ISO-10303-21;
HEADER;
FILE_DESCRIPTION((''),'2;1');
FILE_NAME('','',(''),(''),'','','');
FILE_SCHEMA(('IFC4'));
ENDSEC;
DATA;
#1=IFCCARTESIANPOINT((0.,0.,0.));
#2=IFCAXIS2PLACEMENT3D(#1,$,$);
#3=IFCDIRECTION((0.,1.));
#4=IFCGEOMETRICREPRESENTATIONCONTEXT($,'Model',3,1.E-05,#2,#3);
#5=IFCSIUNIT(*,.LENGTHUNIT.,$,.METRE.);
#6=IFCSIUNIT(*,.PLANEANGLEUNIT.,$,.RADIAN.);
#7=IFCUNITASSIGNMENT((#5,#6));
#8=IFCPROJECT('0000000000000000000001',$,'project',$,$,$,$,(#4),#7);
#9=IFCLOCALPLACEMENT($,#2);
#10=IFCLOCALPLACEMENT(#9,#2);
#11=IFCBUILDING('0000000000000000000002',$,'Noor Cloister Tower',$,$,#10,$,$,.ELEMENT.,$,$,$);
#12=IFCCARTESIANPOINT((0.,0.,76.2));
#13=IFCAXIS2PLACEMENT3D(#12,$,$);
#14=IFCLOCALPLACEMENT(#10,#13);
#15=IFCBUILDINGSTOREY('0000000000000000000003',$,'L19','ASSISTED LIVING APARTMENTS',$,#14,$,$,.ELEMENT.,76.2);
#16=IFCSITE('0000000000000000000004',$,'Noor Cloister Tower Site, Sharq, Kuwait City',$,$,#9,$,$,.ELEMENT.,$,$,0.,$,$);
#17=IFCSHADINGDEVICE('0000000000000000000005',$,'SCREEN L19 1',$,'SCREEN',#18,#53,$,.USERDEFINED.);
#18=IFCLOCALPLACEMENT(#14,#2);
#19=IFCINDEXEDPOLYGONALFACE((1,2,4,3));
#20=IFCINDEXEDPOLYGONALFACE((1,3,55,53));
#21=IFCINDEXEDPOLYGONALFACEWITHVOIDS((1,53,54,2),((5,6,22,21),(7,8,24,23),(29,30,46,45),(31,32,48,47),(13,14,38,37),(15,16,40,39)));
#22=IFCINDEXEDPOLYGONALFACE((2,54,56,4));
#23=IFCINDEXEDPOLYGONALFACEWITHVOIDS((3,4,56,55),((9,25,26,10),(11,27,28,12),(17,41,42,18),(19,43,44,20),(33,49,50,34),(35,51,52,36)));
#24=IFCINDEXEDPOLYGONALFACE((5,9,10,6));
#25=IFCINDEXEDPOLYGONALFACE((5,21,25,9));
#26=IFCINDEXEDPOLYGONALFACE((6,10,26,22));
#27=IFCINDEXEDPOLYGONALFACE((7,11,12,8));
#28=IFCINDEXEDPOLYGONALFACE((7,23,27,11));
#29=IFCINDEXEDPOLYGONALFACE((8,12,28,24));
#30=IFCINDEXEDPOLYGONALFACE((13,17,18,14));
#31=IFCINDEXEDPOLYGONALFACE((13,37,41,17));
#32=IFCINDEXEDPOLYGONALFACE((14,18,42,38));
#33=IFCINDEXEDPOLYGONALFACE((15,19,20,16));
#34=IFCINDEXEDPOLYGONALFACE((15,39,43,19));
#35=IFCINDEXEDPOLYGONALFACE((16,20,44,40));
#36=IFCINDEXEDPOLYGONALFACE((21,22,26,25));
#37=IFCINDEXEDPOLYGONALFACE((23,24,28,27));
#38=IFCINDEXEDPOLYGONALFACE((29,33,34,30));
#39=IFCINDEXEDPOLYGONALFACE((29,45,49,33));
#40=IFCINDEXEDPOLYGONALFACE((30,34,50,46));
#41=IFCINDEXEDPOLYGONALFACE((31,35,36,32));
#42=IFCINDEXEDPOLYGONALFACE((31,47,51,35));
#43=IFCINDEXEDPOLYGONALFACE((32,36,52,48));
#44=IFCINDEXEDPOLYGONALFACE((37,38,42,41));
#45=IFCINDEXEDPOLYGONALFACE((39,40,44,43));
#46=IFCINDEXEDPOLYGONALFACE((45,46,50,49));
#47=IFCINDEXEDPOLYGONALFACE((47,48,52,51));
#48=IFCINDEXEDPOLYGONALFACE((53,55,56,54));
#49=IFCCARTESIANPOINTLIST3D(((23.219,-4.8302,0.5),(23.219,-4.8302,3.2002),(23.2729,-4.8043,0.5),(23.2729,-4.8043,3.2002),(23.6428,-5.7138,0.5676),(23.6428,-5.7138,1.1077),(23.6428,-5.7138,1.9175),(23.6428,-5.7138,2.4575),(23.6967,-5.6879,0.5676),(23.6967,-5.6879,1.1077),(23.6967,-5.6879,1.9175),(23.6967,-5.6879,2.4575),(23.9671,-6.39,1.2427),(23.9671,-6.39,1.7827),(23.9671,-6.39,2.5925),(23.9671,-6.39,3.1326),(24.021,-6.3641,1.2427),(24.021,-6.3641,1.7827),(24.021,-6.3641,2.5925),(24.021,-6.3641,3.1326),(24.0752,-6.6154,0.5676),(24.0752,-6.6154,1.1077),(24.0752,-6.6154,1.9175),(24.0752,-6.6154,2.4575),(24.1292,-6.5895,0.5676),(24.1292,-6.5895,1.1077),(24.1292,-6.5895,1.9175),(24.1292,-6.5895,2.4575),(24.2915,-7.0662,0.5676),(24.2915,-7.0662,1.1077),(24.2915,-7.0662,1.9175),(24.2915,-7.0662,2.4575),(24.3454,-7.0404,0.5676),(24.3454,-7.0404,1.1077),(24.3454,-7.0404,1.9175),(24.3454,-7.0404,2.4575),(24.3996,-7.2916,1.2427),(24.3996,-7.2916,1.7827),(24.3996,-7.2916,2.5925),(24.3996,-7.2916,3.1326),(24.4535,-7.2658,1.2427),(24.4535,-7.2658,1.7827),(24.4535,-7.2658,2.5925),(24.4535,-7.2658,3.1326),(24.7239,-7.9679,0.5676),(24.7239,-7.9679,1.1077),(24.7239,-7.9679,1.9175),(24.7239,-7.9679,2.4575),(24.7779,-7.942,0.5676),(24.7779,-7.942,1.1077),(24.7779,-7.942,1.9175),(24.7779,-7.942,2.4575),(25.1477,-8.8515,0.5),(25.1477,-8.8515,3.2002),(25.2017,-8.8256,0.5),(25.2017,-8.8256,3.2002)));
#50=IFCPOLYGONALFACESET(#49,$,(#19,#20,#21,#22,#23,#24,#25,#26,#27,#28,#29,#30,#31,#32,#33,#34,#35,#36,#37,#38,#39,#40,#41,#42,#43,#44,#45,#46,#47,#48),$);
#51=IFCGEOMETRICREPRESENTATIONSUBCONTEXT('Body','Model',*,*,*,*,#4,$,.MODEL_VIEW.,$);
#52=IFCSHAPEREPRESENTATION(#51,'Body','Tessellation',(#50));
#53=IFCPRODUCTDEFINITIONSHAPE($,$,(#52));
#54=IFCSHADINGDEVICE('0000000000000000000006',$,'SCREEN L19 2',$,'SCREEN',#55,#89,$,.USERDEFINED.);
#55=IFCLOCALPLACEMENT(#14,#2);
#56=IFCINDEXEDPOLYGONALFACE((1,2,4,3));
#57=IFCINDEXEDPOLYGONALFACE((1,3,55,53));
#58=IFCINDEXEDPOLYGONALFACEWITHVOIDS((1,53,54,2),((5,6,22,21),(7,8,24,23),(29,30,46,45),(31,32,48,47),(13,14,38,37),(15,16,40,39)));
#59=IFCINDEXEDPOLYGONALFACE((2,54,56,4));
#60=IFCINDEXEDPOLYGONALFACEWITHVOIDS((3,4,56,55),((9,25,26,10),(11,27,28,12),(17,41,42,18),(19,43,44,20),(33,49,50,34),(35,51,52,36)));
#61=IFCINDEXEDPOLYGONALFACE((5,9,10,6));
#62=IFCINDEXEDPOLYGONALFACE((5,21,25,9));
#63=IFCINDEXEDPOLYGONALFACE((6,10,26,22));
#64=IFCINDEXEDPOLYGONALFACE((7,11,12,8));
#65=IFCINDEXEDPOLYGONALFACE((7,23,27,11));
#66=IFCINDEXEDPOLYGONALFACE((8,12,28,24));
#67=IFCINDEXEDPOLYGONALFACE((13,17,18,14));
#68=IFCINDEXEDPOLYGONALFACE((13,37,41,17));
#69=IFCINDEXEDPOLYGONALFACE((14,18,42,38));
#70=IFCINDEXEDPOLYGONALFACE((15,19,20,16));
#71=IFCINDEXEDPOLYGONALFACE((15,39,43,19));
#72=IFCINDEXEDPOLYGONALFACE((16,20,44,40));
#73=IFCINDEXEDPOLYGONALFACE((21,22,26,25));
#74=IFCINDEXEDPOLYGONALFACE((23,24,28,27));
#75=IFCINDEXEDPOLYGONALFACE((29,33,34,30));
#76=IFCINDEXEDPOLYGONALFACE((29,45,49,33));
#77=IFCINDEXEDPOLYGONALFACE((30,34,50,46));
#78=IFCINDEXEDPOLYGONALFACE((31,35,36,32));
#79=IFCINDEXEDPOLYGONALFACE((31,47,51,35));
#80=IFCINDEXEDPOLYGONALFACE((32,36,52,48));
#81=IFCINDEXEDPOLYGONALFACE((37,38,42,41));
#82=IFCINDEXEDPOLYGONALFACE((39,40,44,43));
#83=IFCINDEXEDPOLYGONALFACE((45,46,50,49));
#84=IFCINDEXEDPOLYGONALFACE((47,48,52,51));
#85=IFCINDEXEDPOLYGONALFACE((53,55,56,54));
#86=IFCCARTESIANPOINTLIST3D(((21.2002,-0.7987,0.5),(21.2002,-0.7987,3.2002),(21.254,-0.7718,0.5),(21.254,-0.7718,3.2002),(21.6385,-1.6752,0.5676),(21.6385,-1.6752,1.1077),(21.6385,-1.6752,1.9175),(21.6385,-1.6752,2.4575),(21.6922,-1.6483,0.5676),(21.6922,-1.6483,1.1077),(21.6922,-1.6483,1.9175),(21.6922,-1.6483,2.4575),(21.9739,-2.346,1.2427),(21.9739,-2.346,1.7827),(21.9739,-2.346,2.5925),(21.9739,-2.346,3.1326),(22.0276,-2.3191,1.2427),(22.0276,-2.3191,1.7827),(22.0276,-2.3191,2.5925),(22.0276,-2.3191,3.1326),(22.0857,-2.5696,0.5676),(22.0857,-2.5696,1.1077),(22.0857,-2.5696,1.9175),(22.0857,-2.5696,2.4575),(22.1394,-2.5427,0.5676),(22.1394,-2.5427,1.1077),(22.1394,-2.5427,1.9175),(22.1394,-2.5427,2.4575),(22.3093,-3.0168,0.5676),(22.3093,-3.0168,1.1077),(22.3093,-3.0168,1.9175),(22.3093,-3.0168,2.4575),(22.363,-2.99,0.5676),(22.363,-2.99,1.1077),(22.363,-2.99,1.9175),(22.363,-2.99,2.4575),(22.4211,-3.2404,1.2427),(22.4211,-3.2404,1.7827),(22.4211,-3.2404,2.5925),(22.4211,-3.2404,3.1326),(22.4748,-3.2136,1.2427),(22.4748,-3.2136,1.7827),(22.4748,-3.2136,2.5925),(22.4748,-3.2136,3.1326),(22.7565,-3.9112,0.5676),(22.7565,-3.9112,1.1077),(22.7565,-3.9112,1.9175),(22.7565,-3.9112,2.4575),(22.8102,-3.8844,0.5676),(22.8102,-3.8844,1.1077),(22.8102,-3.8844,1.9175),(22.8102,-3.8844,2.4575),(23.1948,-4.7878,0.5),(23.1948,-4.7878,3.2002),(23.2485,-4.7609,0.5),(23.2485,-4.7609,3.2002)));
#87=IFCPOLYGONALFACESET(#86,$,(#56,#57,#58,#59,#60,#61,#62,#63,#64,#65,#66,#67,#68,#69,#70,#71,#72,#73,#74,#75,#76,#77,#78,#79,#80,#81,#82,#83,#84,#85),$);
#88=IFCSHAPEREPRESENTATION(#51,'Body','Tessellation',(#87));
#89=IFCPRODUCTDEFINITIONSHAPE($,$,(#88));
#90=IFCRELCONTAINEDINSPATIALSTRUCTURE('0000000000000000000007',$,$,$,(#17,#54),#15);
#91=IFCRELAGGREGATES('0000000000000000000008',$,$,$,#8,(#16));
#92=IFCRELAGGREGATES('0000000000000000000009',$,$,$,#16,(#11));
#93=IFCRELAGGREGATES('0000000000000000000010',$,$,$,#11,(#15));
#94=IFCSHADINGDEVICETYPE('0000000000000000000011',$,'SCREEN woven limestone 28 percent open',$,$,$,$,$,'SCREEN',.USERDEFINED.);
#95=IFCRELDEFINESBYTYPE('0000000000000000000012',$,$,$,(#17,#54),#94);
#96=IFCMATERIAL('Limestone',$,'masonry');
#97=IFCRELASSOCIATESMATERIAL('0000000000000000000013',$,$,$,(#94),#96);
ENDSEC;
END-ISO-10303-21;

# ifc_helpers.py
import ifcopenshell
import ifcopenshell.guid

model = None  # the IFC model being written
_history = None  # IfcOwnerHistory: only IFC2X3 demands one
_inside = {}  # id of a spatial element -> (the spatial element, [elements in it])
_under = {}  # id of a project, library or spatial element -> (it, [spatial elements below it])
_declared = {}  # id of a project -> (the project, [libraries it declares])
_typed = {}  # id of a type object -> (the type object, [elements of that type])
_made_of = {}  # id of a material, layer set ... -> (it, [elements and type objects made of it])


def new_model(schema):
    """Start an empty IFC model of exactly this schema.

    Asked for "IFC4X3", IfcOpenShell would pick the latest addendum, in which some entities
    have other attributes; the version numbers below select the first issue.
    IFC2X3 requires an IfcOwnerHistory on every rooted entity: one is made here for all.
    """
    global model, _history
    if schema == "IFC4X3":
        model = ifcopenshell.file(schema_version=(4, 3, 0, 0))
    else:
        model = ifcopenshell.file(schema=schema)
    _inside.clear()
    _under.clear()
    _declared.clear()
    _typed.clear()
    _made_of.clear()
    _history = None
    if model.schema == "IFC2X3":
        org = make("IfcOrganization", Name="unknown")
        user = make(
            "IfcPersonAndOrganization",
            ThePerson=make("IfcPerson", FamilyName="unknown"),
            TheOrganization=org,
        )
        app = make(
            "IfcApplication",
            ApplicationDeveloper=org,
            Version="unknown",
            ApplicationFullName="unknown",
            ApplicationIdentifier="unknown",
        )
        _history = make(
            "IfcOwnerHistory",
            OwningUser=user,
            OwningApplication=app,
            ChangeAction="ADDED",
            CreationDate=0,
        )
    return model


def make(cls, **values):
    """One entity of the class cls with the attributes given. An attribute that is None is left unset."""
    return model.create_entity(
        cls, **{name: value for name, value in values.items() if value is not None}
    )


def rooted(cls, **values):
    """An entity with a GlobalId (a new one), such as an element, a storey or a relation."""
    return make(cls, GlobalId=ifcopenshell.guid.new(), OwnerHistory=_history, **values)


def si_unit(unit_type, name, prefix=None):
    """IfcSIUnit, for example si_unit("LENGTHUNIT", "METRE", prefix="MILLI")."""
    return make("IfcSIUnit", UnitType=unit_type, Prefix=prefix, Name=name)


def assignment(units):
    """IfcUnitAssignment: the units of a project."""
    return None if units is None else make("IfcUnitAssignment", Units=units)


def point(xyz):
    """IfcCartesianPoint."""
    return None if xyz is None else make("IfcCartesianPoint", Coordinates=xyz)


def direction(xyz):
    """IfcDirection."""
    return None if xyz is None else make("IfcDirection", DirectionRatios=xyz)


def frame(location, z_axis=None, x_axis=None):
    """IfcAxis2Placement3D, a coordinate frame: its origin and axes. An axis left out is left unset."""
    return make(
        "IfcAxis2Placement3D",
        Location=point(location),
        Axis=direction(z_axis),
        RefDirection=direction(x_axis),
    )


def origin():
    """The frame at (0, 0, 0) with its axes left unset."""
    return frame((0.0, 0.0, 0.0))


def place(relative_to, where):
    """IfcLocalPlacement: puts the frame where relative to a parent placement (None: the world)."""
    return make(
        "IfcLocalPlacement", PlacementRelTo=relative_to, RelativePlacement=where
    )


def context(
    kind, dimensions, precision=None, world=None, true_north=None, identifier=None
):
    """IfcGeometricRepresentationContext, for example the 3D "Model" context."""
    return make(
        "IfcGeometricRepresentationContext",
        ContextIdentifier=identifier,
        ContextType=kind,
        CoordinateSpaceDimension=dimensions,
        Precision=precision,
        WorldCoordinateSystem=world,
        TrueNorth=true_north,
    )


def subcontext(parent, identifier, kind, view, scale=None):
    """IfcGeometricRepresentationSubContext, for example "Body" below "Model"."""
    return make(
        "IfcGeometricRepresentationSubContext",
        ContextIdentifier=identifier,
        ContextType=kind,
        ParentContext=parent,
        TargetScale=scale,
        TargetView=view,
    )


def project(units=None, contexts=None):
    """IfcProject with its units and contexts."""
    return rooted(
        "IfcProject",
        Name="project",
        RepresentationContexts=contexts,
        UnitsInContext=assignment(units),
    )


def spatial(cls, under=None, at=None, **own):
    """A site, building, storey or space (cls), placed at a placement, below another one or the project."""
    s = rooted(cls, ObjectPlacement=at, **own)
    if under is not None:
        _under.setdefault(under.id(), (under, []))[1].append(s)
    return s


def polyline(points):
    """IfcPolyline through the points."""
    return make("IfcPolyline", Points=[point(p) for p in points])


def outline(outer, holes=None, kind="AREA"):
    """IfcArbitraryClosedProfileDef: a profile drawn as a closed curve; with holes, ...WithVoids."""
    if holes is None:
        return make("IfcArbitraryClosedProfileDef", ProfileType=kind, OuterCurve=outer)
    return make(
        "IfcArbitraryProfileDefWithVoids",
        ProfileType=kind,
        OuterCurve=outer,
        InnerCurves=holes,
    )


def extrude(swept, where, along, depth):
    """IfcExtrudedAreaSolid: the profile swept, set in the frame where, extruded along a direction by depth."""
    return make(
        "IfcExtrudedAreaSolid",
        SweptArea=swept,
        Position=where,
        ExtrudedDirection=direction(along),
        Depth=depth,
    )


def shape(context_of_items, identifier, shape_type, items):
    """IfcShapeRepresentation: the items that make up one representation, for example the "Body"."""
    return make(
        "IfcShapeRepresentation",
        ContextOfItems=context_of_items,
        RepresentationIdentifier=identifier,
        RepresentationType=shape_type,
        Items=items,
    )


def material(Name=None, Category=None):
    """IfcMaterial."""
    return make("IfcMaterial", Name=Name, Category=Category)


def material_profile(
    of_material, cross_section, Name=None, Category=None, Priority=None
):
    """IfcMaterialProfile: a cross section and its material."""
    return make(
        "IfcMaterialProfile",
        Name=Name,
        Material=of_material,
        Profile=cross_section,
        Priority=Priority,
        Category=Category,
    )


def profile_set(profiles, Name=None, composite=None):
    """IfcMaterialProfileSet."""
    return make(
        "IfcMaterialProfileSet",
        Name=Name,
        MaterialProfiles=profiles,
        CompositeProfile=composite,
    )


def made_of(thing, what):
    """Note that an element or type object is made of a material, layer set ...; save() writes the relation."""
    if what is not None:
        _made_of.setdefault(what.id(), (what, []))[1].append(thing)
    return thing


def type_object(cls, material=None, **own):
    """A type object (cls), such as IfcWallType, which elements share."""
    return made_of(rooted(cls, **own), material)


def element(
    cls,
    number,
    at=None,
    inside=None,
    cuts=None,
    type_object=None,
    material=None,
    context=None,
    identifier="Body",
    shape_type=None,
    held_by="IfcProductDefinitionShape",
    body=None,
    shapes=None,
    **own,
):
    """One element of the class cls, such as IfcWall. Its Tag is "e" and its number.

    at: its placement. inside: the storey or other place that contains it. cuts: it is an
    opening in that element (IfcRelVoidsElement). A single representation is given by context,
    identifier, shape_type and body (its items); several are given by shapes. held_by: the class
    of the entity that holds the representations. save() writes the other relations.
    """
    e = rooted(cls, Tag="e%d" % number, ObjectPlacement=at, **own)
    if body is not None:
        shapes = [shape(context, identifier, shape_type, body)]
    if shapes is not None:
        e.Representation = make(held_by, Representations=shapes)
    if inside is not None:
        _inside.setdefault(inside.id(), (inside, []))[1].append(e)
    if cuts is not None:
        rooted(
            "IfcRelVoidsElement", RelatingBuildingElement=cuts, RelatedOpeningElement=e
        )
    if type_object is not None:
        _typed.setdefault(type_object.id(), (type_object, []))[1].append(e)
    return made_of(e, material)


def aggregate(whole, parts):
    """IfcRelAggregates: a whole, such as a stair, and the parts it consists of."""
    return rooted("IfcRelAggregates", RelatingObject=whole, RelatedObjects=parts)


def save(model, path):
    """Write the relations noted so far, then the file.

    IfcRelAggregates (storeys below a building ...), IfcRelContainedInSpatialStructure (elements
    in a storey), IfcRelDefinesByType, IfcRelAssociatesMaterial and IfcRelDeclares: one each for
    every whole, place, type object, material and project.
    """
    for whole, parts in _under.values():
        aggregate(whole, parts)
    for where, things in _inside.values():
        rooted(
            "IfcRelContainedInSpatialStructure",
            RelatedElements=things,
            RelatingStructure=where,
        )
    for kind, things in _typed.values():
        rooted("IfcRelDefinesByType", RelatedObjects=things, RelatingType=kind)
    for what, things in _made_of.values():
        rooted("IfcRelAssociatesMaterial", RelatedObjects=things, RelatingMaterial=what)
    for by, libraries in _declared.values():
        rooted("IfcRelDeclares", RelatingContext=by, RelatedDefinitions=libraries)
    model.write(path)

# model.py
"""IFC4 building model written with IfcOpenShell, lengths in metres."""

from ifc_helpers import new_model, si_unit, direction, frame, origin, place, context, subcontext, project, spatial, polyline, outline, extrude, material, material_profile, profile_set, type_object, element, save


model = new_model("IFC4")

# Units and contexts
model_context = context("Model", 3, precision=1e-05, world=origin(), true_north=direction((0.0, 1.0)))
body_context = subcontext(model_context, "Body", "Model", "MODEL_VIEW")
ifc_project = project(units=[si_unit("LENGTHUNIT", "METRE"), si_unit("PLANEANGLEUNIT", "RADIAN")], contexts=[model_context])

# Site, building, storey
site_placement = place(None, origin())
site = spatial("IfcSite", under=ifc_project, at=site_placement, Name="Noor Cloister Tower Site, Sharq, Kuwait City", CompositionType="ELEMENT", RefElevation=0.0)
building_placement = place(site_placement, origin())
building = spatial("IfcBuilding", under=site, at=building_placement, Name="Noor Cloister Tower", CompositionType="ELEMENT")
storey_placement = place(building_placement, frame((0.0, 0.0, 76.2)))
storey = spatial("IfcBuildingStorey", under=building, at=storey_placement, Name="L19", Description="ASSISTED LIVING APARTMENTS", CompositionType="ELEMENT", Elevation=76.2)

# Shading devices
ifc_material_1 = material(Name="Limestone", Category="masonry")
ifc_material_profile_1 = material_profile(ifc_material_1, outline(polyline([(-2.23, -1.3501), (2.23, -1.3501), (2.23, 1.3501), (-2.23, 1.3501), (-2.23, -1.3501)]), holes=[polyline([(-1.25, -1.2825), (-0.25, -1.2825), (-0.25, -0.7424), (-1.25, -0.7424), (-1.25, -1.2825)]), polyline([(0.25, -1.2825), (1.25, -1.2825), (1.25, -0.7424), (0.25, -0.7424), (0.25, -1.2825)]), polyline([(-0.5, -0.6074), (0.5, -0.6074), (0.5, -0.0674), (-0.5, -0.0674), (-0.5, -0.6074)]), polyline([(-1.25, 0.0674), (-0.25, 0.0674), (-0.25, 0.6074), (-1.25, 0.6074), (-1.25, 0.0674)]), polyline([(0.25, 0.0674), (1.25, 0.0674), (1.25, 0.6074), (0.25, 0.6074), (0.25, 0.0674)]), polyline([(-0.5, 0.7424), (0.5, 0.7424), (0.5, 1.2825), (-0.5, 1.2825), (-0.5, 0.7424)])]), Name="Woven screen 28 percent open")
ifc_profile_set_1 = profile_set([ifc_material_profile_1], Name="Limestone")
shading_device_type = type_object("IfcShadingDeviceType", Name="SCREEN woven limestone 28 percent open", ElementType="SCREEN", PredefinedType="USERDEFINED", material=ifc_profile_set_1)
shading_device_1_placement = place(storey_placement, frame((24.1833, -6.8408, 1.8501), z_axis=(0.90165, 0.432466, 0.0), x_axis=(-0.432466, 0.90165, 0.0)))
element("IfcShadingDevice", 1, at=shading_device_1_placement, inside=storey, type_object=shading_device_type, Name="SCREEN L19 1", ObjectType="SCREEN", PredefinedType="USERDEFINED", context=body_context, shape_type="SweptSolid", body=[
    extrude(outline(polyline([(-2.23, -1.3501), (2.23, -1.3501), (2.23, 1.3501), (-2.23, 1.3501), (-2.23, -1.3501)]), holes=[polyline([(-1.25, -1.2825), (-0.25, -1.2825), (-0.25, -0.7424), (-1.25, -0.7424), (-1.25, -1.2825)]), polyline([(0.25, -1.2825), (1.25, -1.2825), (1.25, -0.7424), (0.25, -0.7424), (0.25, -1.2825)]), polyline([(-0.5, -0.6074), (0.5, -0.6074), (0.5, -0.0674), (-0.5, -0.0674), (-0.5, -0.6074)]), polyline([(-1.25, 0.0674), (-0.25, 0.0674), (-0.25, 0.6074), (-1.25, 0.6074), (-1.25, 0.0674)]), polyline([(0.25, 0.0674), (1.25, 0.0674), (1.25, 0.6074), (0.25, 0.6074), (0.25, 0.0674)]), polyline([(-0.5, 0.7424), (0.5, 0.7424), (0.5, 1.2825), (-0.5, 1.2825), (-0.5, 0.7424)])]), origin(), (0.0, 0.0, 1.0), 0.0598),
])
shading_device_2_placement = place(storey_placement, frame((22.1975, -2.7932, 1.8501), z_axis=(0.894427, 0.447214, 0.0), x_axis=(-0.447214, 0.894427, 0.0)))
element("IfcShadingDevice", 2, at=shading_device_2_placement, inside=storey, type_object=shading_device_type, Name="SCREEN L19 2", ObjectType="SCREEN", PredefinedType="USERDEFINED", context=body_context, shape_type="SweptSolid", body=[
    extrude(outline(polyline([(-2.23, -1.3501), (2.23, -1.3501), (2.23, 1.3501), (-2.23, 1.3501), (-2.23, -1.3501)]), holes=[polyline([(-1.25, -1.2825), (-0.25, -1.2825), (-0.25, -0.7424), (-1.25, -0.7424), (-1.25, -1.2825)]), polyline([(0.25, -1.2825), (1.25, -1.2825), (1.25, -0.7424), (0.25, -0.7424), (0.25, -1.2825)]), polyline([(-0.5, -0.6074), (0.5, -0.6074), (0.5, -0.0674), (-0.5, -0.0674), (-0.5, -0.6074)]), polyline([(-1.25, 0.0674), (-0.25, 0.0674), (-0.25, 0.6074), (-1.25, 0.6074), (-1.25, 0.0674)]), polyline([(0.25, 0.0674), (1.25, 0.0674), (1.25, 0.6074), (0.25, 0.6074), (0.25, 0.0674)]), polyline([(-0.5, 0.7424), (0.5, 0.7424), (0.5, 1.2825), (-0.5, 1.2825), (-0.5, 0.7424)])]), origin(), (0.0, 0.0, 1.0), 0.0601),
])

save(model, "model.ifc")
